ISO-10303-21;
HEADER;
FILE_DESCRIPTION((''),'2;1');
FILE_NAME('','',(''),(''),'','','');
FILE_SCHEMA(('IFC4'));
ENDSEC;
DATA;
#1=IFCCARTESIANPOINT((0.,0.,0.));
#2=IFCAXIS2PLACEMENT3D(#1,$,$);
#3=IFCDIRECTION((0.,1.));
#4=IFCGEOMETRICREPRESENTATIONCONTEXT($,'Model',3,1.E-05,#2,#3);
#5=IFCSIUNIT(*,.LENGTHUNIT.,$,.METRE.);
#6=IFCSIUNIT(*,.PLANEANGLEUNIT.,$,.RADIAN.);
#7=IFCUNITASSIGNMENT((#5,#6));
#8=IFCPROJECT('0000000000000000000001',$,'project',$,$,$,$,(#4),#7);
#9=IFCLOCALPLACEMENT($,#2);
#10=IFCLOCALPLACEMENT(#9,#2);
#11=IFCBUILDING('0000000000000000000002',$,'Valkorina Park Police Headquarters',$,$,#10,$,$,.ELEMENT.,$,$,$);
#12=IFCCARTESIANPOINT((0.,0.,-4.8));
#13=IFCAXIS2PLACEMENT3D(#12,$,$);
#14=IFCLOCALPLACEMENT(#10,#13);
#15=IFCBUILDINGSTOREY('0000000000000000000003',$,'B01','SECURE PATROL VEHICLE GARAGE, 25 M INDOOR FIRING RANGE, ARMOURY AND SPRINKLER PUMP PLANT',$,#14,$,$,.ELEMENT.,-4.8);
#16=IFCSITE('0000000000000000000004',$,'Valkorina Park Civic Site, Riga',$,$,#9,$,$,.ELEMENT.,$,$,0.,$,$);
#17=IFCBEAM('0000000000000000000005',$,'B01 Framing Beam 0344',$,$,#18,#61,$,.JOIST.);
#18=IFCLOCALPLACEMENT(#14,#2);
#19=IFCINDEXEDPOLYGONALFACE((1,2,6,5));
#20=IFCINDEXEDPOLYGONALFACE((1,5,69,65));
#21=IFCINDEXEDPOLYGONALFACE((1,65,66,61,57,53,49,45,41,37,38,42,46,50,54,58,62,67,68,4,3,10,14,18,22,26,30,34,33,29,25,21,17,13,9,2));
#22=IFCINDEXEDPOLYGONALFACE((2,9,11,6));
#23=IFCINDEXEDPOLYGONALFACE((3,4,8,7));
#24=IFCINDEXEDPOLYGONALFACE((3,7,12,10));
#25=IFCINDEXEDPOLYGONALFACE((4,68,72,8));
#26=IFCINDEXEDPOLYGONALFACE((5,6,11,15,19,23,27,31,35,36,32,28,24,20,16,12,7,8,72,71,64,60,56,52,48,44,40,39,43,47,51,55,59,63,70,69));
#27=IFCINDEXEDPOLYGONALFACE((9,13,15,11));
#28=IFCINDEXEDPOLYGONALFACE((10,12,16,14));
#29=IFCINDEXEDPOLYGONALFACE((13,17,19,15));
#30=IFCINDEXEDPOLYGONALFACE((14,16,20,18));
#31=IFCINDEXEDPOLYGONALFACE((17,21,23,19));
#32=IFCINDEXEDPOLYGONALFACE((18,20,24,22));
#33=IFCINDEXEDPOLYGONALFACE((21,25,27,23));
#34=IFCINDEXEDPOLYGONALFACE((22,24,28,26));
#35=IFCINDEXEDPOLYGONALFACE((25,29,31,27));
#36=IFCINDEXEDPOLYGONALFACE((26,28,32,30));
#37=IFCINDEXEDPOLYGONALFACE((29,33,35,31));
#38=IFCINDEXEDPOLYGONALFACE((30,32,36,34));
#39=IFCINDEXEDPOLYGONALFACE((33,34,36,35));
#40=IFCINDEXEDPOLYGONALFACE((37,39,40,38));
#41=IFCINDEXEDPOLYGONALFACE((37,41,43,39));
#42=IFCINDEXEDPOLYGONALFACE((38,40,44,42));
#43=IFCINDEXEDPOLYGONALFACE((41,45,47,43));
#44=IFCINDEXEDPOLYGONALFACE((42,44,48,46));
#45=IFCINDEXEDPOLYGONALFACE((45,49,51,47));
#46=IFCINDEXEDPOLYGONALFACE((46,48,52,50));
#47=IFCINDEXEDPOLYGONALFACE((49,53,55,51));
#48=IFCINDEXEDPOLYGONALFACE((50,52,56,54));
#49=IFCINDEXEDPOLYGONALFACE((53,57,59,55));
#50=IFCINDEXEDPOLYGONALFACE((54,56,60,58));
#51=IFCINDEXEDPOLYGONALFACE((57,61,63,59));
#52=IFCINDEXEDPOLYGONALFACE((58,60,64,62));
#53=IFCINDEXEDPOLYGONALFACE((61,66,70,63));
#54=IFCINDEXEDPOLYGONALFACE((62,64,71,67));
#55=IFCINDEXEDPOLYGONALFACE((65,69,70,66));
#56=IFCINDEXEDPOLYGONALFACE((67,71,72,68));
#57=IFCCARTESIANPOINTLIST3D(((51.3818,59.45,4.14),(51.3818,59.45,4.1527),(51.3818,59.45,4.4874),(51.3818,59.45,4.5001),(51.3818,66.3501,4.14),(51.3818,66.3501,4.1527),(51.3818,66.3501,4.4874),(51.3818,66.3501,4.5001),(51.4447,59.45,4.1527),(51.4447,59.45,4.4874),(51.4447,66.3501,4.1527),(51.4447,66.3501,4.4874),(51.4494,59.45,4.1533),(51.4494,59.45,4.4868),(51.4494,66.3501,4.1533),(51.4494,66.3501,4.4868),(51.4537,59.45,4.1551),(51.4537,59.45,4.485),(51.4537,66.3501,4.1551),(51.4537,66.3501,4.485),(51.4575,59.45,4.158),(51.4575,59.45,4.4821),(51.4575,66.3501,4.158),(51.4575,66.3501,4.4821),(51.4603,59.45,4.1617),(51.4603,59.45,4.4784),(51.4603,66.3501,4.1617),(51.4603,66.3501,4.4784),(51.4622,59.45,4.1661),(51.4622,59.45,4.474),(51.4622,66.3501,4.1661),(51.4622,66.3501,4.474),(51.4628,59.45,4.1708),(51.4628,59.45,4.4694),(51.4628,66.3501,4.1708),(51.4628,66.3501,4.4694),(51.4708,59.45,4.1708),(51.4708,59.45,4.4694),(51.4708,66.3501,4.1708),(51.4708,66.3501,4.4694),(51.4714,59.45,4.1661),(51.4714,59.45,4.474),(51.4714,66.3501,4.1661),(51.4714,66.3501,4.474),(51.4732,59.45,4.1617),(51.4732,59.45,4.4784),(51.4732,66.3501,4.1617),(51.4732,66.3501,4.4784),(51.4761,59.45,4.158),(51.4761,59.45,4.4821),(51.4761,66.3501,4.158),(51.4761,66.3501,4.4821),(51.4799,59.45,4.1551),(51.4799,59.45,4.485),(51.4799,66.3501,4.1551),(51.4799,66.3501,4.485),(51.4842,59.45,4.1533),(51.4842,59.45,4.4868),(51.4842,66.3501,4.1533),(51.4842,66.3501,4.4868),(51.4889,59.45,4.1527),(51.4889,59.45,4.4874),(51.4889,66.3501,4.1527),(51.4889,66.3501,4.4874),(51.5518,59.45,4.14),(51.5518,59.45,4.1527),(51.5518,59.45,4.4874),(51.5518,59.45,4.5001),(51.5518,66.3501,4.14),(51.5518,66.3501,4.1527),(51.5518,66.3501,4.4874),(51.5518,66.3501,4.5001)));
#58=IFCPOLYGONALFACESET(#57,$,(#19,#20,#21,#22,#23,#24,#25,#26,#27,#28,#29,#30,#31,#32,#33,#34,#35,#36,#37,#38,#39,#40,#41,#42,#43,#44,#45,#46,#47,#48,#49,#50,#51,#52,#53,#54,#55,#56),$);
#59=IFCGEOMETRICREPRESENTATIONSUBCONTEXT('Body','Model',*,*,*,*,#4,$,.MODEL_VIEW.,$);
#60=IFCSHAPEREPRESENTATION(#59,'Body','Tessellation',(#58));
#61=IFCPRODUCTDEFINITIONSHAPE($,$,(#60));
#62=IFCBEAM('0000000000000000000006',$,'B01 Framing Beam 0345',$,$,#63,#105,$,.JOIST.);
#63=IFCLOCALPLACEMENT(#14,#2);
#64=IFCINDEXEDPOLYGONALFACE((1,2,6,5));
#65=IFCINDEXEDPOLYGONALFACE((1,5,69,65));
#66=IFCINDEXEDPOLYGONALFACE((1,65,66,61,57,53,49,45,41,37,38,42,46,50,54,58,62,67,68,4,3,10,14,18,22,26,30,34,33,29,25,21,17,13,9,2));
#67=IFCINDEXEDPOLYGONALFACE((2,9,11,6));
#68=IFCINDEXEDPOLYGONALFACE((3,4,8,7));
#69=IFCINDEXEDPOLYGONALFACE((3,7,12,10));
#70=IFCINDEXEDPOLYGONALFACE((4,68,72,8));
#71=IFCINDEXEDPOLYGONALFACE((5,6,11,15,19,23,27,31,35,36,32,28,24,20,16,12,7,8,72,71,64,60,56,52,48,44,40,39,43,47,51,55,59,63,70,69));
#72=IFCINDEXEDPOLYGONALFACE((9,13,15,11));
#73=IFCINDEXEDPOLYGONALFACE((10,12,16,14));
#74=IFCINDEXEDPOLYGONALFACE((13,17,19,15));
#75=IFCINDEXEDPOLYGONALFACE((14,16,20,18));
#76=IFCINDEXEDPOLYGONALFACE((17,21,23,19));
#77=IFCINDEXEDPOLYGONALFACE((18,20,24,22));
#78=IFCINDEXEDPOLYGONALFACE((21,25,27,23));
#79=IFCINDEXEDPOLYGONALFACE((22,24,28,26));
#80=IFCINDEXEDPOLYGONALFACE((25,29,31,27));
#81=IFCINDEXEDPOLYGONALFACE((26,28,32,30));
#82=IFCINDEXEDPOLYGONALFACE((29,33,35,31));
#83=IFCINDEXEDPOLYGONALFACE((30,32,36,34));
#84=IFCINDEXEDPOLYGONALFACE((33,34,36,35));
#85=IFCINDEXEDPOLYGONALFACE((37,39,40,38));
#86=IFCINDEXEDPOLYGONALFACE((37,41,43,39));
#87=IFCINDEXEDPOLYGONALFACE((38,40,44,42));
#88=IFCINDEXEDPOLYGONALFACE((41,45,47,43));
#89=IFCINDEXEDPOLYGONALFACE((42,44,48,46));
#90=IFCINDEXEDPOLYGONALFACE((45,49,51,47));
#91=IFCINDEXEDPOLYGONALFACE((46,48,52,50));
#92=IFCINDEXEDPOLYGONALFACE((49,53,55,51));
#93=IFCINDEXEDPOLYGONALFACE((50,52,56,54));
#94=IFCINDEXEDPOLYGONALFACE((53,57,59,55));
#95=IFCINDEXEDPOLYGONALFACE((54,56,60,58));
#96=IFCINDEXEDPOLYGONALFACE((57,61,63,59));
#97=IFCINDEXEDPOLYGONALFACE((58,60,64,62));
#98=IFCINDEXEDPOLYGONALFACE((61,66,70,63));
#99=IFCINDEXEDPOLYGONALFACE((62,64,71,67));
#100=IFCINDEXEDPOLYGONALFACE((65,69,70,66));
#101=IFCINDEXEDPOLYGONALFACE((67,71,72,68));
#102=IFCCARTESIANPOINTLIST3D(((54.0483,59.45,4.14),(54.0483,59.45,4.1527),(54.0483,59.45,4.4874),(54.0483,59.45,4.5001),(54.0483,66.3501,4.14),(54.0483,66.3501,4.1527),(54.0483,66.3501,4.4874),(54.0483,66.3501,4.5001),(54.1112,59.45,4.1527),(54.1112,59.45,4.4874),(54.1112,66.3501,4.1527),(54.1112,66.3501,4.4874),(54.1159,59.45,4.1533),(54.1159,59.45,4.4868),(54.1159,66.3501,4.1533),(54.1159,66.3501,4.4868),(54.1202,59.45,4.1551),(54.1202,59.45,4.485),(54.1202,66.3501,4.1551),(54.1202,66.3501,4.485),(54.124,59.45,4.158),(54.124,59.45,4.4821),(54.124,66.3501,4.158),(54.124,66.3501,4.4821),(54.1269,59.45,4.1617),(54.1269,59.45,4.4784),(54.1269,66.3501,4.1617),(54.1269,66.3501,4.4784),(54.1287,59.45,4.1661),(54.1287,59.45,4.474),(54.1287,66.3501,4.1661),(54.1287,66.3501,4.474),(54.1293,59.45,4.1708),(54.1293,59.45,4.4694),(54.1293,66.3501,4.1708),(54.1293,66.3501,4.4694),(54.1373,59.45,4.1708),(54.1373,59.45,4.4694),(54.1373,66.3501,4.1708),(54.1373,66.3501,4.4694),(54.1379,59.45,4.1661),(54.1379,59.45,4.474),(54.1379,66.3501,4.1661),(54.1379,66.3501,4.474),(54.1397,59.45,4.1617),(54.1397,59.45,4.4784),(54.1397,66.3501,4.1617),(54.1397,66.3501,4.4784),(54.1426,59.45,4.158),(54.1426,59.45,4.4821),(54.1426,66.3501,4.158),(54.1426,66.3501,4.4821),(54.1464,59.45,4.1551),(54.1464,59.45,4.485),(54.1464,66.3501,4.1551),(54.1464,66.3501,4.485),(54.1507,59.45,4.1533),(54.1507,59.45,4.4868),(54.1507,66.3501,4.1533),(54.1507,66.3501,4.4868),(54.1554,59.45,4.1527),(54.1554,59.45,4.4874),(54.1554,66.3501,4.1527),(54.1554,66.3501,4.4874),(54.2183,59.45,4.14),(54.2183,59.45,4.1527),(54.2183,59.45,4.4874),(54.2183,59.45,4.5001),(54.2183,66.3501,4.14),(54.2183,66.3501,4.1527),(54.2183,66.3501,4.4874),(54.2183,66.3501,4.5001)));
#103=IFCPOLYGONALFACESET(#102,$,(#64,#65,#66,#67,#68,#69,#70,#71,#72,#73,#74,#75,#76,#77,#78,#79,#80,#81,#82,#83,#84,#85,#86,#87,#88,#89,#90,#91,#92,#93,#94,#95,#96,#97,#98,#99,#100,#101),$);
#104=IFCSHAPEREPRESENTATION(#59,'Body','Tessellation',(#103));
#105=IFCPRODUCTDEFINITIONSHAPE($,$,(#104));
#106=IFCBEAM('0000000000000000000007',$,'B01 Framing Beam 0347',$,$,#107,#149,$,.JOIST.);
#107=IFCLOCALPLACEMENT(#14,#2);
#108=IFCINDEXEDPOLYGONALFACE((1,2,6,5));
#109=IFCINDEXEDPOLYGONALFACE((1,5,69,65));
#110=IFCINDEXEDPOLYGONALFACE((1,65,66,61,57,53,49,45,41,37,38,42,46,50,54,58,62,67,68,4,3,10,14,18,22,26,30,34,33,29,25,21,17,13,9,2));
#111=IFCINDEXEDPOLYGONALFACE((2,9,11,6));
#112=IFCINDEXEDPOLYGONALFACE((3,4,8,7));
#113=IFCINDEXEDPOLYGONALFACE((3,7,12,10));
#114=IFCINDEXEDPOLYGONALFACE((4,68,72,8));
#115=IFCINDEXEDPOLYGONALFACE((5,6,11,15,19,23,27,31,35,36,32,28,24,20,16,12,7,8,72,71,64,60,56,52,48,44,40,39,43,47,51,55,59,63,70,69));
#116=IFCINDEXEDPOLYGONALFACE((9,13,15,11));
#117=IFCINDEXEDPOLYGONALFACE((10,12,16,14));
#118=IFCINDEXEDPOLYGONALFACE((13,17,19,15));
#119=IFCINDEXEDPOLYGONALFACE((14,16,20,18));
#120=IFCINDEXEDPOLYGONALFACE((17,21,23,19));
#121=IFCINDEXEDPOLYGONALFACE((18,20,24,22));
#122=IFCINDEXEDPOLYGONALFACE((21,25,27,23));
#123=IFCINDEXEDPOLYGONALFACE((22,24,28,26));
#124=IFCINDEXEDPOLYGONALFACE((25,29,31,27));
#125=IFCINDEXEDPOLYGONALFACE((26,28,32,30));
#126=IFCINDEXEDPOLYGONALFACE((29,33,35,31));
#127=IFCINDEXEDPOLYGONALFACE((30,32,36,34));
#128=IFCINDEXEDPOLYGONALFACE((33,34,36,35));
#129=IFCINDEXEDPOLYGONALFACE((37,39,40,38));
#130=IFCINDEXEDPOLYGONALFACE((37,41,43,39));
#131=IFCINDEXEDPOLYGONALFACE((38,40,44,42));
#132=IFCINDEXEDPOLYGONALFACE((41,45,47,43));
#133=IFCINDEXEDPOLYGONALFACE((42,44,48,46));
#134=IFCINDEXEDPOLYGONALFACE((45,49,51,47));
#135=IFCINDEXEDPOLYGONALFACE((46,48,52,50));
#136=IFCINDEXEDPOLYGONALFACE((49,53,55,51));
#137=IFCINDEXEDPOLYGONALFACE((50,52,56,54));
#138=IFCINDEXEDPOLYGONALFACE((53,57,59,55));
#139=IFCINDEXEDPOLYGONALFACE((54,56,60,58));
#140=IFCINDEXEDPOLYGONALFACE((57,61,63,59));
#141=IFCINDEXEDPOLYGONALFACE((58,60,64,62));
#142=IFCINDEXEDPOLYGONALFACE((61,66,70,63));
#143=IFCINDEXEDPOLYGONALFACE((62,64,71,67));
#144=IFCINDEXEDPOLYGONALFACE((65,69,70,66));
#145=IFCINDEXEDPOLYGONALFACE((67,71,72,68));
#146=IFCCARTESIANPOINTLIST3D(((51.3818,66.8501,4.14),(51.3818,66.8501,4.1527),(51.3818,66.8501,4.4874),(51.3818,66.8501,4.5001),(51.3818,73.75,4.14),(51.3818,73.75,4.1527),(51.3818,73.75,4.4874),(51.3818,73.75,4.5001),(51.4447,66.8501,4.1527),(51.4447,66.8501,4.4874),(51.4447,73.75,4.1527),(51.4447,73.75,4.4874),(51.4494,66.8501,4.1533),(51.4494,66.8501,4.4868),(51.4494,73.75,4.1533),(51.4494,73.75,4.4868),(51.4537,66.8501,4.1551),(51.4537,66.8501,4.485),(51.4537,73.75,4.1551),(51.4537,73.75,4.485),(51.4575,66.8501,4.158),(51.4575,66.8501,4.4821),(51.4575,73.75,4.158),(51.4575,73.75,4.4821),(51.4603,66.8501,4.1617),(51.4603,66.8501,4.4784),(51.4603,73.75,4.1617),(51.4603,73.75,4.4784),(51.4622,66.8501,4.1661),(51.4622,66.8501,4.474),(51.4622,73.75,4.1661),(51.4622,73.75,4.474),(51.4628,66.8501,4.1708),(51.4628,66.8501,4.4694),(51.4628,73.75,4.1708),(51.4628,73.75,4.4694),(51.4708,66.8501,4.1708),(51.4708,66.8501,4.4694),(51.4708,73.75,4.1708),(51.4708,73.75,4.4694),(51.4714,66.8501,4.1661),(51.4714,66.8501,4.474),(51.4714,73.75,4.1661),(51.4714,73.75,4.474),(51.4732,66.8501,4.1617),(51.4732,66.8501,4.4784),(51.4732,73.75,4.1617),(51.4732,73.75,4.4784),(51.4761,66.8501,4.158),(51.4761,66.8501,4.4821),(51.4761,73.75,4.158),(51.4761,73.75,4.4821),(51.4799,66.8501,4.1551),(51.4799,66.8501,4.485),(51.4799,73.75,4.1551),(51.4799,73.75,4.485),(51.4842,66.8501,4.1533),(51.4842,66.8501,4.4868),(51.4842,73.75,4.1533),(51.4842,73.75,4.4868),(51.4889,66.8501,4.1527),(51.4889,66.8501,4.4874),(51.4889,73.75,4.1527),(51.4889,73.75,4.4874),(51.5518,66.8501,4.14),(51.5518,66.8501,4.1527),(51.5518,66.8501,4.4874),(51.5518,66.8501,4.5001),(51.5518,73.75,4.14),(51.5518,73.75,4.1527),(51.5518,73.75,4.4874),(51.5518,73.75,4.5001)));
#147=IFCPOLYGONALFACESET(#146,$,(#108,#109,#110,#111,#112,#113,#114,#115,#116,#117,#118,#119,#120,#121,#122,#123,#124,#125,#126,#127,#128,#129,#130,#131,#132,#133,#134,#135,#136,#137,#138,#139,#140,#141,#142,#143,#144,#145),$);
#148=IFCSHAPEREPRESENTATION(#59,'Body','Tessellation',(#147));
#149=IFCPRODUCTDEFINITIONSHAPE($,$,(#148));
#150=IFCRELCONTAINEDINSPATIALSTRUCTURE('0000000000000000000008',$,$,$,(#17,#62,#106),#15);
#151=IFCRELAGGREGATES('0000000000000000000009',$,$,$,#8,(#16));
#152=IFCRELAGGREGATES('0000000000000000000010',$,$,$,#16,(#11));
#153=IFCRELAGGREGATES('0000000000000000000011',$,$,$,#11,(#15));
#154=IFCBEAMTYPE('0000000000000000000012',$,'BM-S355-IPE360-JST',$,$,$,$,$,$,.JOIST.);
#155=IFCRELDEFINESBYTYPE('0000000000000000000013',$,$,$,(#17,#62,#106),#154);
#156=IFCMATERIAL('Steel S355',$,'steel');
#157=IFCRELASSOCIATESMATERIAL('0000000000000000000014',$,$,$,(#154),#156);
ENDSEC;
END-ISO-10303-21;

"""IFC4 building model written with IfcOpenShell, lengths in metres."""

from ifc_helpers import new_model, si_unit, direction, frame, origin, origin_2d, place, context, subcontext, project, spatial, i_section, extrude, material, material_profile, profile_set, type_object, element, save


model = new_model("IFC4")

# Units and contexts
model_context = context("Model", 3, precision=1e-05, world=origin(), true_north=direction((0.0, 1.0)))
body_context = subcontext(model_context, "Body", "Model", "MODEL_VIEW")
ifc_project = project(units=[si_unit("LENGTHUNIT", "METRE"), si_unit("PLANEANGLEUNIT", "RADIAN")], contexts=[model_context])

# Site, building, storey
site_placement = place(None, origin())
site = spatial("IfcSite", under=ifc_project, at=site_placement, Name="Valkorina Park Civic Site, Riga", CompositionType="ELEMENT", RefElevation=0.0)
building_placement = place(site_placement, origin())
building = spatial("IfcBuilding", under=site, at=building_placement, Name="Valkorina Park Police Headquarters", CompositionType="ELEMENT")
storey_placement = place(building_placement, frame((0.0, 0.0, -4.8)))
storey = spatial("IfcBuildingStorey", under=building, at=storey_placement, Name="B01", Description="SECURE PATROL VEHICLE GARAGE, 25 M INDOOR FIRING RANGE, ARMOURY AND SPRINKLER PUMP PLANT", CompositionType="ELEMENT", Elevation=-4.8)

# Beams
ifc_material_1 = material(Name="Steel S355", Category="steel")
ifc_material_profile_1 = material_profile(ifc_material_1, i_section(OverallWidth=0.1699, OverallDepth=0.3601, WebThickness=0.0081, FlangeThickness=0.0127, FilletRadius=0.0181, at=origin_2d()), Name="IPE 360")
ifc_profile_set_1 = profile_set([ifc_material_profile_1], Name="Steel S355")
beam_type_1 = type_object("IfcBeamType", Name="BM-S355-IPE360-JST", PredefinedType="JOIST", material=ifc_profile_set_1)
for number, where, z_axis, x_axis, name in (
    (1, (51.4668, 59.45, 4.3201), (0.0, 1.0, 0.0), (-1.0, 0.0, 0.0), "B01 Framing Beam 0344"),
    (2, (54.1333, 59.45, 4.3201), (0.0, 1.0, 0.0), (-1.0, 0.0, 0.0), "B01 Framing Beam 0345"),
):
    element("IfcBeam", number, at=place(storey_placement, frame(where, z_axis=z_axis, x_axis=x_axis)), inside=storey, type_object=beam_type_1, Name=name, PredefinedType="JOIST", context=body_context, shape_type="SweptSolid", body=[
        extrude(i_section(OverallWidth=0.1699, OverallDepth=0.3601, WebThickness=0.0081, FlangeThickness=0.0127, FilletRadius=0.0181, at=origin_2d()), origin(), (0.0, 0.0, 1.0), 6.9001),
    ])
beam_1_placement = place(storey_placement, frame((51.4668, 66.8501, 4.3201), z_axis=(0.0, 1.0, 0.0), x_axis=(-1.0, 0.0, 0.0)))
element("IfcBeam", 3, at=beam_1_placement, inside=storey, type_object=beam_type_1, Name="B01 Framing Beam 0347", PredefinedType="JOIST", context=body_context, shape_type="SweptSolid", body=[
    extrude(i_section(OverallWidth=0.1699, OverallDepth=0.3601, WebThickness=0.0081, FlangeThickness=0.0127, FilletRadius=0.0181, at=origin_2d()), origin(), (0.0, 0.0, 1.0), 6.8999),
])

save(model, "model.ifc")
